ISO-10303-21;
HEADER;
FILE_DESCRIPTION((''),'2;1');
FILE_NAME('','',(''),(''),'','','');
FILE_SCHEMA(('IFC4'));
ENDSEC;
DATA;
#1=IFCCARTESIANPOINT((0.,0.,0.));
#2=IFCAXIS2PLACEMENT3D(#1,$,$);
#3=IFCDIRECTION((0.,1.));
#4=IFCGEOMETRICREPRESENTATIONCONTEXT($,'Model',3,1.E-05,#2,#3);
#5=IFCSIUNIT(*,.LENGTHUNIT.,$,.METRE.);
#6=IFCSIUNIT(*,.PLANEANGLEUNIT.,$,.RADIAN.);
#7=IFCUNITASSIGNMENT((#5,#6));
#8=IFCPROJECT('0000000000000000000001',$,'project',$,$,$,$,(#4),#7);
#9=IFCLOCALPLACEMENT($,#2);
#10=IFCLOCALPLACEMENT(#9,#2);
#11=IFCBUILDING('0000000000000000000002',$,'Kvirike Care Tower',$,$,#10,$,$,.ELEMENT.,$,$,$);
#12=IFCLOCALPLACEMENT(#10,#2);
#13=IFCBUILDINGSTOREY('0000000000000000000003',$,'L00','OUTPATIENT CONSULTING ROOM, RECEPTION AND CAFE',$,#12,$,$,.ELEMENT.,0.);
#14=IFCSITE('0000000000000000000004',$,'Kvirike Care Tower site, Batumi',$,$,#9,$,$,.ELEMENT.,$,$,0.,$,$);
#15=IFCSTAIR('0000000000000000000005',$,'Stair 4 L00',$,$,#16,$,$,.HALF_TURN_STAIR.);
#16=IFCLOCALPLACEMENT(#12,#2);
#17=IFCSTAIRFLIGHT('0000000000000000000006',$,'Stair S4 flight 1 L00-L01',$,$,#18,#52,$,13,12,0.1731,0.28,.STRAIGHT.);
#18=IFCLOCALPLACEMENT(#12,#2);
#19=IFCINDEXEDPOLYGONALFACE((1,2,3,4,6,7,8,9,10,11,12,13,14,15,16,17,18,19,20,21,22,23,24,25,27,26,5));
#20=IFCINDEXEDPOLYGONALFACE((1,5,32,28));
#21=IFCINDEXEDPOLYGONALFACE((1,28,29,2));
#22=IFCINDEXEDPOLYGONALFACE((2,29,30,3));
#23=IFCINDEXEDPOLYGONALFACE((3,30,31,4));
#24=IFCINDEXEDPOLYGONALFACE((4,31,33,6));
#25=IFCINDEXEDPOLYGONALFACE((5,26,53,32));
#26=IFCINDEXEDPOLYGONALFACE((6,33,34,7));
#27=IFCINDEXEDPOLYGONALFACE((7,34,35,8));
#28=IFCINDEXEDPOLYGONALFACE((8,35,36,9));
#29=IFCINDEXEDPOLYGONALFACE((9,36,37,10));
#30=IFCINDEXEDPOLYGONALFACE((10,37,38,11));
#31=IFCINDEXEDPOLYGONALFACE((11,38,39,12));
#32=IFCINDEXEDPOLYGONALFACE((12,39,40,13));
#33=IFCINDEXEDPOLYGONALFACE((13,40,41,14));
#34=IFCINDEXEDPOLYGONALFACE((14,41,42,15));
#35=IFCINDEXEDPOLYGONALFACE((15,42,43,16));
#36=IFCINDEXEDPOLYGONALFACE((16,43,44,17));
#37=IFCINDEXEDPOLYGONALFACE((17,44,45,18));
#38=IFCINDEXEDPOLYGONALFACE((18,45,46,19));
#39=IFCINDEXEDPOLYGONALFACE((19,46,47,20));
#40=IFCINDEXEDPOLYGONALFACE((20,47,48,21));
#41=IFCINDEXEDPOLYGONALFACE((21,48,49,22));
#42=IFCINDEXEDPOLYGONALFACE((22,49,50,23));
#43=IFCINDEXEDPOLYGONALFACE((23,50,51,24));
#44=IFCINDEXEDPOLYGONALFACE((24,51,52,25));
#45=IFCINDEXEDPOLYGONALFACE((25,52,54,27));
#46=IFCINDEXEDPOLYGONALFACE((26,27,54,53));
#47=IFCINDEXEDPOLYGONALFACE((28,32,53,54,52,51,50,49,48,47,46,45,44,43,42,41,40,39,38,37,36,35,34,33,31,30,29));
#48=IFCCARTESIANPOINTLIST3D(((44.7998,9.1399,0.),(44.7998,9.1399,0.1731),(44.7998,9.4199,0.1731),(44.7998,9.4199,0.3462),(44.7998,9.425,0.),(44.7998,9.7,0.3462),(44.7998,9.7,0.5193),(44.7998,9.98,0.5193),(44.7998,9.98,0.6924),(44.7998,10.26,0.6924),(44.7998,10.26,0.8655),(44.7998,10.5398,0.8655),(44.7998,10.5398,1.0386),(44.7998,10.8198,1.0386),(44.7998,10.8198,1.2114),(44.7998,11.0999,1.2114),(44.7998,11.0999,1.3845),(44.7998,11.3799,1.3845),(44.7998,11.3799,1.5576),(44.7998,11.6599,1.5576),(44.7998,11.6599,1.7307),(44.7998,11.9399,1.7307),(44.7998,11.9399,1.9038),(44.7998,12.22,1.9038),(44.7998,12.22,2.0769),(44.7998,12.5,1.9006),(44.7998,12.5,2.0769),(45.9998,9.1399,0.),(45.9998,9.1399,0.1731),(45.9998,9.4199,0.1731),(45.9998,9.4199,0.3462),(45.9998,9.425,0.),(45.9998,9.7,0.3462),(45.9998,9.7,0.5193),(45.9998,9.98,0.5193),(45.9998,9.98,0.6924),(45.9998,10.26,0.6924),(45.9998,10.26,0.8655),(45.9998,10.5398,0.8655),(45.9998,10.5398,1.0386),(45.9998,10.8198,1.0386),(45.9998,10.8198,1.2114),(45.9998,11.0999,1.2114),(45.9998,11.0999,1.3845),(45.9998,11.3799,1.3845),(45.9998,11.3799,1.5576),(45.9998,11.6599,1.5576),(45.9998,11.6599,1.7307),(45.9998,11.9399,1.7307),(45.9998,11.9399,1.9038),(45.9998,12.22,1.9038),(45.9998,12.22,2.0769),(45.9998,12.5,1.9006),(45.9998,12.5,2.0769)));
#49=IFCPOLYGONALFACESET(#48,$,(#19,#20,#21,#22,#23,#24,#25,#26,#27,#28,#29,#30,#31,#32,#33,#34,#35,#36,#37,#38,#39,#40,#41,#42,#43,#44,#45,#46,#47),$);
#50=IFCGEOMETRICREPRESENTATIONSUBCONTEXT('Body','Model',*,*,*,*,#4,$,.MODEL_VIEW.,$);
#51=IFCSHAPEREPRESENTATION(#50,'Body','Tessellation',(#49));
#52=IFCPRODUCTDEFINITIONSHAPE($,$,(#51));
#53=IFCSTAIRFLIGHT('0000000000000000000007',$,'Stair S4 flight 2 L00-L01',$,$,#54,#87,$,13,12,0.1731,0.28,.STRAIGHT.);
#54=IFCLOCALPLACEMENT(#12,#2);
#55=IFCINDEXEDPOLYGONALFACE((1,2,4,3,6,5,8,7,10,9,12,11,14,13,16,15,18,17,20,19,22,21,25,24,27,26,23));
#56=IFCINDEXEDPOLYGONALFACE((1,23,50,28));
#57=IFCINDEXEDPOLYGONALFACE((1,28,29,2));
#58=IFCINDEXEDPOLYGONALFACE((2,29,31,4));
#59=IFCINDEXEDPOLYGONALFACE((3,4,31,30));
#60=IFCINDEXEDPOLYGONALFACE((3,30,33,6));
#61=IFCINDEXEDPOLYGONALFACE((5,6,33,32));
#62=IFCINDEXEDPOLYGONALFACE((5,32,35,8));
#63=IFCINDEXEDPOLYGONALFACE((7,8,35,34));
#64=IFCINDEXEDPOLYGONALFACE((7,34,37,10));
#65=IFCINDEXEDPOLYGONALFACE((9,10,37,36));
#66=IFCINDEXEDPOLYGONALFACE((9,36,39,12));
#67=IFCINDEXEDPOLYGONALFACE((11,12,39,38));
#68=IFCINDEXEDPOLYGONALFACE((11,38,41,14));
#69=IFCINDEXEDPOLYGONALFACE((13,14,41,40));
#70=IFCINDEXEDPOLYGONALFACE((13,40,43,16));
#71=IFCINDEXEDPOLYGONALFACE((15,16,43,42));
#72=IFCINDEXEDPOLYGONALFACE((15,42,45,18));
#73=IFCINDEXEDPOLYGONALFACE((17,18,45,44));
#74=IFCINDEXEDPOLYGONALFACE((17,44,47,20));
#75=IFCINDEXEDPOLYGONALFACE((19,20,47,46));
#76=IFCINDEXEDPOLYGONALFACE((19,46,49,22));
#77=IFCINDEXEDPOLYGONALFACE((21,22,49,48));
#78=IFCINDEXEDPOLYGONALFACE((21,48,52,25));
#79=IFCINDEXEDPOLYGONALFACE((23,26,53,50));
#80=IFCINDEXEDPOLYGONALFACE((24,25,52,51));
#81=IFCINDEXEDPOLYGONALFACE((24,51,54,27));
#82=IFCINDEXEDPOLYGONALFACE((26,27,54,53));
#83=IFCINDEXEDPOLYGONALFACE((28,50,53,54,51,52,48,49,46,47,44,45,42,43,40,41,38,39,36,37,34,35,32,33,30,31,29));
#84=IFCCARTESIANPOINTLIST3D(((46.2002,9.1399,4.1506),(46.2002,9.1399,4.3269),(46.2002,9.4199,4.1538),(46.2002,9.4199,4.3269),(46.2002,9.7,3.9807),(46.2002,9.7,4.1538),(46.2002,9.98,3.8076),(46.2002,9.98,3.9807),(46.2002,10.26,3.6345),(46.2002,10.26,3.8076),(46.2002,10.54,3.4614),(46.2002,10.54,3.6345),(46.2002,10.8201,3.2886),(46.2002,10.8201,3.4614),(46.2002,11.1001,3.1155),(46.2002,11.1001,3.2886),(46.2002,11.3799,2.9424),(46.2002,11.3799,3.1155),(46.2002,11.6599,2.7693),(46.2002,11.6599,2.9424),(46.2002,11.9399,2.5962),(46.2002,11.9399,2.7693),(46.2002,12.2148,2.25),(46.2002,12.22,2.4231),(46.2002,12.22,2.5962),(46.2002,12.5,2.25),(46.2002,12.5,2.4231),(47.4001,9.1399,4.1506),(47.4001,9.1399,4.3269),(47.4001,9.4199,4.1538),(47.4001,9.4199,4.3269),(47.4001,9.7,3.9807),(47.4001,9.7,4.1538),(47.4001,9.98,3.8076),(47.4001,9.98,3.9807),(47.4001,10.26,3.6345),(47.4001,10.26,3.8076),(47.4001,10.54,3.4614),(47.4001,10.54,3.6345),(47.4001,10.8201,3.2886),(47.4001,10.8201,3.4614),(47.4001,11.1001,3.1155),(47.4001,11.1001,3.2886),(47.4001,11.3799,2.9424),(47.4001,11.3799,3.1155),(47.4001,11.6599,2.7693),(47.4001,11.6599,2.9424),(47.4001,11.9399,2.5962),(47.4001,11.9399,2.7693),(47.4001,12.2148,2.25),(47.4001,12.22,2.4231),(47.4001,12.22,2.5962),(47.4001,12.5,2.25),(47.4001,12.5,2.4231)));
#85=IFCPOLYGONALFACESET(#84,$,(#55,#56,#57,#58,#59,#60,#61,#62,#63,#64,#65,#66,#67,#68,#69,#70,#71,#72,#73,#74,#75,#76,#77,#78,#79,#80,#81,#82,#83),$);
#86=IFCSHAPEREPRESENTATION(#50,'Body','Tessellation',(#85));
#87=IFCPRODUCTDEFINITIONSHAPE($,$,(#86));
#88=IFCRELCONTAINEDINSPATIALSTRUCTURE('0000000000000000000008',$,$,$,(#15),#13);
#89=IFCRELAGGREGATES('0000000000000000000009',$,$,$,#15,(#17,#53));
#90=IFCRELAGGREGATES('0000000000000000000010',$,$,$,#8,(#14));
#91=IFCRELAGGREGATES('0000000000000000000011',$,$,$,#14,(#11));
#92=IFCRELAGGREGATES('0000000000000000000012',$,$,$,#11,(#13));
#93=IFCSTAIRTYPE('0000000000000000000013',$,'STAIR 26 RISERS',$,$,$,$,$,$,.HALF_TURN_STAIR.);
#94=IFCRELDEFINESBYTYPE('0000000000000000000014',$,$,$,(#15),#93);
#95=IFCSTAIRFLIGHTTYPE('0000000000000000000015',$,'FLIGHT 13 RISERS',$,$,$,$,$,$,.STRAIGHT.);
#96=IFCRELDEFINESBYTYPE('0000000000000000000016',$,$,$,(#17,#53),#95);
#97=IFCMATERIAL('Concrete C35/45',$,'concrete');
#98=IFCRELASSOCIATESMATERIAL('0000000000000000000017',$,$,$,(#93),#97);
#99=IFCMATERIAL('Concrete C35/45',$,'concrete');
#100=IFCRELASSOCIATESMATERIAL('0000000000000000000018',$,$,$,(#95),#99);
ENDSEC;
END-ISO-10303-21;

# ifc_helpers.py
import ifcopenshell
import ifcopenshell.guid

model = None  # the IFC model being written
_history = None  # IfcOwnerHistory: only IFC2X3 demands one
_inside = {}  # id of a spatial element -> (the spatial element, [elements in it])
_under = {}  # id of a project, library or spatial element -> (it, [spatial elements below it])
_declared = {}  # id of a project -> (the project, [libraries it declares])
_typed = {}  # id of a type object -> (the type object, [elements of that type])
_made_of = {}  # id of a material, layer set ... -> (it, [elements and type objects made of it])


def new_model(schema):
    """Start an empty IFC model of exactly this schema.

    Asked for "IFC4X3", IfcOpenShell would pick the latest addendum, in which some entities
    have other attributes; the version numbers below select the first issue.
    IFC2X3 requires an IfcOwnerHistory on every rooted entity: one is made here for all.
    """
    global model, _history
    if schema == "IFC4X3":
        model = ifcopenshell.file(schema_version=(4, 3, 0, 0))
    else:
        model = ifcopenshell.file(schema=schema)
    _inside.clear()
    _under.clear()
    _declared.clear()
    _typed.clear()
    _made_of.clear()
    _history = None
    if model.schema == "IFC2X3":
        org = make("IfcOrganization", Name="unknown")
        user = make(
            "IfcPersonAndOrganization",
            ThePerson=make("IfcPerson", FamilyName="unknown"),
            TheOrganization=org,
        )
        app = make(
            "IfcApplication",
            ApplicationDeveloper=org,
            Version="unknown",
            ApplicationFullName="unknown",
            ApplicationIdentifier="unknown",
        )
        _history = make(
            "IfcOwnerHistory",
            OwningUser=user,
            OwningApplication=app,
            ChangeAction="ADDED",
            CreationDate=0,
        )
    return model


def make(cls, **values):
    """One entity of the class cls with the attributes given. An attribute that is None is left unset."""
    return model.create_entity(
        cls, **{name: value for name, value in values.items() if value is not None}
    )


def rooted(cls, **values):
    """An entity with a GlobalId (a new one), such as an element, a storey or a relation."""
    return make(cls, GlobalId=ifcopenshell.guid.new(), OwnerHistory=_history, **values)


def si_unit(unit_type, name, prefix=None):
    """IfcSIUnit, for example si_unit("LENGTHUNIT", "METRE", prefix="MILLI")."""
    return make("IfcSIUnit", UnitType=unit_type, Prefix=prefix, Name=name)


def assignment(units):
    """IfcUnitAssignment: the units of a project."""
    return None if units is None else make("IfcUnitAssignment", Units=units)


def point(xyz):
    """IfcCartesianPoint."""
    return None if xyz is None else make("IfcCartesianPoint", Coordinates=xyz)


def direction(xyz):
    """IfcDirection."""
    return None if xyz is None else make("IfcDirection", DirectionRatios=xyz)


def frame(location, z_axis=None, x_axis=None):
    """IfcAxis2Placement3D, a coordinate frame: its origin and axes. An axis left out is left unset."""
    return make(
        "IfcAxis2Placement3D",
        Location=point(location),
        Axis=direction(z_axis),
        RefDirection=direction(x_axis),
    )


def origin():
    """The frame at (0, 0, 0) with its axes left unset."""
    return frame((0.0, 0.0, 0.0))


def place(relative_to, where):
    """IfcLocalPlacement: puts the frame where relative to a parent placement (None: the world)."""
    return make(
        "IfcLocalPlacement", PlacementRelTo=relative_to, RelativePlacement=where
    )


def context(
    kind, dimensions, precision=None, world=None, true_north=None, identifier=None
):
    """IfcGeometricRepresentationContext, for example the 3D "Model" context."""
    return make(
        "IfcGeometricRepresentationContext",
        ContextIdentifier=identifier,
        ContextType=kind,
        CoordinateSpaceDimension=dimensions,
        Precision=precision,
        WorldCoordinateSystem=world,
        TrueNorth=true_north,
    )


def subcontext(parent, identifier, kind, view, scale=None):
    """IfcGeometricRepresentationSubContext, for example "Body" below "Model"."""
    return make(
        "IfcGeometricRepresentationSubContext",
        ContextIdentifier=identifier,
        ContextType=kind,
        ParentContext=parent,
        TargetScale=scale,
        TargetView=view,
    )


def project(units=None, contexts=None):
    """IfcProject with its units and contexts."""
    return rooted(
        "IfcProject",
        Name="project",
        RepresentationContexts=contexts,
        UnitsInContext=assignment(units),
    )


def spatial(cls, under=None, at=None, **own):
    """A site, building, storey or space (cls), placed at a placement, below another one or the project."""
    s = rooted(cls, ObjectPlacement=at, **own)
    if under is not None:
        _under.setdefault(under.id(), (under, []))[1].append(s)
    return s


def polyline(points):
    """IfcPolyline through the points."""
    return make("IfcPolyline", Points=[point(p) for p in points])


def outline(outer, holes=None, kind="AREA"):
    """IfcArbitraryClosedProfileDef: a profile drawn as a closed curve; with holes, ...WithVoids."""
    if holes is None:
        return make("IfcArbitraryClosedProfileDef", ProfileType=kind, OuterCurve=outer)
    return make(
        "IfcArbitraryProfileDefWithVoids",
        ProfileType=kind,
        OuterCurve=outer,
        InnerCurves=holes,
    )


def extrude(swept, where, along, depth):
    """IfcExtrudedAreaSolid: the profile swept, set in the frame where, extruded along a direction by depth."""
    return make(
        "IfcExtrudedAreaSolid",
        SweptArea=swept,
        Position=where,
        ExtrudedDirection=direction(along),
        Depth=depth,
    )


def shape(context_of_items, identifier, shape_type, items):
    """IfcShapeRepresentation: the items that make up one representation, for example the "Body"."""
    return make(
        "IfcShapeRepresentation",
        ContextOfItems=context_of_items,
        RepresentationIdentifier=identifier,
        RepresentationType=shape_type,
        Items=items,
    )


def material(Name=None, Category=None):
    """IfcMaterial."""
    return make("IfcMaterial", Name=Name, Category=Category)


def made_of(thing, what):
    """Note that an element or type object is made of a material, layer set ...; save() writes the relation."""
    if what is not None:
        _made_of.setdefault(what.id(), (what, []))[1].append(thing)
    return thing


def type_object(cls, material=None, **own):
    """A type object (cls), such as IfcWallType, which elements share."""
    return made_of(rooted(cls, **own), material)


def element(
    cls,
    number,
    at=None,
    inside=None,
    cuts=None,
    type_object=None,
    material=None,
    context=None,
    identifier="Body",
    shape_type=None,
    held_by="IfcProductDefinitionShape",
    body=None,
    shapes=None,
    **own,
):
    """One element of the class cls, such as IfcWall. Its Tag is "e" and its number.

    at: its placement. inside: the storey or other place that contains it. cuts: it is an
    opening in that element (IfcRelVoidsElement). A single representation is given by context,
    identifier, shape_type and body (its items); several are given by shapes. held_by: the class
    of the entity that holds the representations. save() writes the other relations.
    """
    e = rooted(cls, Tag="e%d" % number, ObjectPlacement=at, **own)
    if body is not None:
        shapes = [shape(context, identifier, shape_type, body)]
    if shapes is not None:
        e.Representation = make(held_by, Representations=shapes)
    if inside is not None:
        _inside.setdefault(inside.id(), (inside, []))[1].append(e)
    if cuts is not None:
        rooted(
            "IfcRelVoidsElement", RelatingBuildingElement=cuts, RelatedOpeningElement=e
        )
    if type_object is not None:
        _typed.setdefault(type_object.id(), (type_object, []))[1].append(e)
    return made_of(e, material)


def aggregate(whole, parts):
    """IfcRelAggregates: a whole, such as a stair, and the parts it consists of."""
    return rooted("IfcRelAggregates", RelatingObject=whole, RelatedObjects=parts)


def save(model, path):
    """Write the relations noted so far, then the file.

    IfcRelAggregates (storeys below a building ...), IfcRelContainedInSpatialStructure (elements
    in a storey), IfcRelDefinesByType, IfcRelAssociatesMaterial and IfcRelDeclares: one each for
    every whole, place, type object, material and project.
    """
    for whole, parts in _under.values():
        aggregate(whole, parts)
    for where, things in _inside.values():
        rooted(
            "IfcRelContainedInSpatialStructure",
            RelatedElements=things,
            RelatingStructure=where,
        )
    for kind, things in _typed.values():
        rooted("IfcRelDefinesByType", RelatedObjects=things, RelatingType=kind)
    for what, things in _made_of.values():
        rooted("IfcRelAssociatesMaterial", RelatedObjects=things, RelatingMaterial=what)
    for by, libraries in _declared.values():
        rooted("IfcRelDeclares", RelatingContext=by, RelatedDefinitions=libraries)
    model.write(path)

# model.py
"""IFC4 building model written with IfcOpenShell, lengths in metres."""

from ifc_helpers import new_model, si_unit, direction, frame, origin, place, context, subcontext, project, spatial, polyline, outline, extrude, material, type_object, element, aggregate, save


model = new_model("IFC4")

# Units and contexts
model_context = context("Model", 3, precision=1e-05, world=origin(), true_north=direction((0.0, 1.0)))
body_context = subcontext(model_context, "Body", "Model", "MODEL_VIEW")
ifc_project = project(units=[si_unit("LENGTHUNIT", "METRE"), si_unit("PLANEANGLEUNIT", "RADIAN")], contexts=[model_context])

# Site, building, storey
site_placement = place(None, origin())
site = spatial("IfcSite", under=ifc_project, at=site_placement, Name="Kvirike Care Tower site, Batumi", CompositionType="ELEMENT", RefElevation=0.0)
building_placement = place(site_placement, origin())
building = spatial("IfcBuilding", under=site, at=building_placement, Name="Kvirike Care Tower", CompositionType="ELEMENT")
storey_placement = place(building_placement, origin())
storey = spatial("IfcBuildingStorey", under=building, at=storey_placement, Name="L00", Description="OUTPATIENT CONSULTING ROOM, RECEPTION AND CAFE", CompositionType="ELEMENT", Elevation=0.0)

# Stair, stair flights
ifc_material_1 = material(Name="Concrete C35/45", Category="concrete")
stair_type = type_object("IfcStairType", Name="STAIR 26 RISERS", PredefinedType="HALF_TURN_STAIR", material=ifc_material_1)
stair_placement = place(storey_placement, origin())
stair = element("IfcStair", 1, at=stair_placement, inside=storey, type_object=stair_type, Name="Stair 4 L00", PredefinedType="HALF_TURN_STAIR")
ifc_material_2 = material(Name="Concrete C35/45", Category="concrete")
stair_flight_type = type_object("IfcStairFlightType", Name="FLIGHT 13 RISERS", PredefinedType="STRAIGHT", material=ifc_material_2)
stair_flight_1_placement = place(storey_placement, frame((45.3999, 9.1399, 0.0), z_axis=(0.0, 0.0, 1.0), x_axis=(0.0, 1.0, 0.0)))
stair_flight_1 = element("IfcStairFlight", 2, at=stair_flight_1_placement, type_object=stair_flight_type, Name="Stair S4 flight 1 L00-L01", NumberOfRisers=13, NumberOfTreads=12, PredefinedType="STRAIGHT", RiserHeight=0.1731, TreadLength=0.28, context=body_context, shape_type="SweptSolid", body=[
    extrude(outline(polyline([(0.0, 0.0), (0.0, 0.1731), (0.28, 0.1731), (0.28, 0.3462), (0.5601, 0.3462), (0.5601, 0.5193), (0.8401, 0.5193), (0.8401, 0.6924), (1.1201, 0.6924), (1.1201, 0.8655), (1.3999, 0.8655), (1.3999, 1.0386), (1.6799, 1.0386), (1.6799, 1.2114), (1.96, 1.2114), (1.96, 1.3845), (2.24, 1.3845), (2.24, 1.5576), (2.52, 1.5576), (2.52, 1.7307), (2.8, 1.7307), (2.8, 1.9038), (3.0801, 1.9038), (3.0801, 2.0769), (3.3601, 2.0769), (3.3601, 2.25), (3.3601, 1.9006), (0.2852, 0.0), (0.0, 0.0)])), frame((0.0, 0.6001, 0.0), z_axis=(0.0, -1.0, 0.0), x_axis=(1.0, 0.0, 0.0)), (0.0, 0.0, 1.0), 1.2),
])
stair_flight_2_placement = place(storey_placement, frame((46.8, 12.5, 2.25), z_axis=(0.0, 0.0, 1.0), x_axis=(0.0, -1.0, 0.0)))
stair_flight_2 = element("IfcStairFlight", 3, at=stair_flight_2_placement, type_object=stair_flight_type, Name="Stair S4 flight 2 L00-L01", NumberOfRisers=13, NumberOfTreads=12, PredefinedType="STRAIGHT", RiserHeight=0.1731, TreadLength=0.28, context=body_context, shape_type="SweptSolid", body=[
    extrude(outline(polyline([(0.0, 0.0), (0.0, 0.1731), (0.28, 0.1731), (0.28, 0.3462), (0.5601, 0.3462), (0.5601, 0.5193), (0.8401, 0.5193), (0.8401, 0.6924), (1.1201, 0.6924), (1.1201, 0.8655), (1.3999, 0.8655), (1.3999, 1.0386), (1.6799, 1.0386), (1.6799, 1.2114), (1.96, 1.2114), (1.96, 1.3845), (2.24, 1.3845), (2.24, 1.5576), (2.52, 1.5576), (2.52, 1.7307), (2.8, 1.7307), (2.8, 1.9038), (3.0801, 1.9038), (3.0801, 2.0769), (3.3601, 2.0769), (3.3601, 2.25), (3.3601, 1.9006), (0.2852, 0.0), (0.0, 0.0)])), frame((0.0, 0.6001, 0.0), z_axis=(0.0, -1.0, 0.0), x_axis=(1.0, 0.0, 0.0)), (0.0, 0.0, 1.0), 1.2),
])
aggregate(stair, [stair_flight_1, stair_flight_2])

save(model, "model.ifc")
